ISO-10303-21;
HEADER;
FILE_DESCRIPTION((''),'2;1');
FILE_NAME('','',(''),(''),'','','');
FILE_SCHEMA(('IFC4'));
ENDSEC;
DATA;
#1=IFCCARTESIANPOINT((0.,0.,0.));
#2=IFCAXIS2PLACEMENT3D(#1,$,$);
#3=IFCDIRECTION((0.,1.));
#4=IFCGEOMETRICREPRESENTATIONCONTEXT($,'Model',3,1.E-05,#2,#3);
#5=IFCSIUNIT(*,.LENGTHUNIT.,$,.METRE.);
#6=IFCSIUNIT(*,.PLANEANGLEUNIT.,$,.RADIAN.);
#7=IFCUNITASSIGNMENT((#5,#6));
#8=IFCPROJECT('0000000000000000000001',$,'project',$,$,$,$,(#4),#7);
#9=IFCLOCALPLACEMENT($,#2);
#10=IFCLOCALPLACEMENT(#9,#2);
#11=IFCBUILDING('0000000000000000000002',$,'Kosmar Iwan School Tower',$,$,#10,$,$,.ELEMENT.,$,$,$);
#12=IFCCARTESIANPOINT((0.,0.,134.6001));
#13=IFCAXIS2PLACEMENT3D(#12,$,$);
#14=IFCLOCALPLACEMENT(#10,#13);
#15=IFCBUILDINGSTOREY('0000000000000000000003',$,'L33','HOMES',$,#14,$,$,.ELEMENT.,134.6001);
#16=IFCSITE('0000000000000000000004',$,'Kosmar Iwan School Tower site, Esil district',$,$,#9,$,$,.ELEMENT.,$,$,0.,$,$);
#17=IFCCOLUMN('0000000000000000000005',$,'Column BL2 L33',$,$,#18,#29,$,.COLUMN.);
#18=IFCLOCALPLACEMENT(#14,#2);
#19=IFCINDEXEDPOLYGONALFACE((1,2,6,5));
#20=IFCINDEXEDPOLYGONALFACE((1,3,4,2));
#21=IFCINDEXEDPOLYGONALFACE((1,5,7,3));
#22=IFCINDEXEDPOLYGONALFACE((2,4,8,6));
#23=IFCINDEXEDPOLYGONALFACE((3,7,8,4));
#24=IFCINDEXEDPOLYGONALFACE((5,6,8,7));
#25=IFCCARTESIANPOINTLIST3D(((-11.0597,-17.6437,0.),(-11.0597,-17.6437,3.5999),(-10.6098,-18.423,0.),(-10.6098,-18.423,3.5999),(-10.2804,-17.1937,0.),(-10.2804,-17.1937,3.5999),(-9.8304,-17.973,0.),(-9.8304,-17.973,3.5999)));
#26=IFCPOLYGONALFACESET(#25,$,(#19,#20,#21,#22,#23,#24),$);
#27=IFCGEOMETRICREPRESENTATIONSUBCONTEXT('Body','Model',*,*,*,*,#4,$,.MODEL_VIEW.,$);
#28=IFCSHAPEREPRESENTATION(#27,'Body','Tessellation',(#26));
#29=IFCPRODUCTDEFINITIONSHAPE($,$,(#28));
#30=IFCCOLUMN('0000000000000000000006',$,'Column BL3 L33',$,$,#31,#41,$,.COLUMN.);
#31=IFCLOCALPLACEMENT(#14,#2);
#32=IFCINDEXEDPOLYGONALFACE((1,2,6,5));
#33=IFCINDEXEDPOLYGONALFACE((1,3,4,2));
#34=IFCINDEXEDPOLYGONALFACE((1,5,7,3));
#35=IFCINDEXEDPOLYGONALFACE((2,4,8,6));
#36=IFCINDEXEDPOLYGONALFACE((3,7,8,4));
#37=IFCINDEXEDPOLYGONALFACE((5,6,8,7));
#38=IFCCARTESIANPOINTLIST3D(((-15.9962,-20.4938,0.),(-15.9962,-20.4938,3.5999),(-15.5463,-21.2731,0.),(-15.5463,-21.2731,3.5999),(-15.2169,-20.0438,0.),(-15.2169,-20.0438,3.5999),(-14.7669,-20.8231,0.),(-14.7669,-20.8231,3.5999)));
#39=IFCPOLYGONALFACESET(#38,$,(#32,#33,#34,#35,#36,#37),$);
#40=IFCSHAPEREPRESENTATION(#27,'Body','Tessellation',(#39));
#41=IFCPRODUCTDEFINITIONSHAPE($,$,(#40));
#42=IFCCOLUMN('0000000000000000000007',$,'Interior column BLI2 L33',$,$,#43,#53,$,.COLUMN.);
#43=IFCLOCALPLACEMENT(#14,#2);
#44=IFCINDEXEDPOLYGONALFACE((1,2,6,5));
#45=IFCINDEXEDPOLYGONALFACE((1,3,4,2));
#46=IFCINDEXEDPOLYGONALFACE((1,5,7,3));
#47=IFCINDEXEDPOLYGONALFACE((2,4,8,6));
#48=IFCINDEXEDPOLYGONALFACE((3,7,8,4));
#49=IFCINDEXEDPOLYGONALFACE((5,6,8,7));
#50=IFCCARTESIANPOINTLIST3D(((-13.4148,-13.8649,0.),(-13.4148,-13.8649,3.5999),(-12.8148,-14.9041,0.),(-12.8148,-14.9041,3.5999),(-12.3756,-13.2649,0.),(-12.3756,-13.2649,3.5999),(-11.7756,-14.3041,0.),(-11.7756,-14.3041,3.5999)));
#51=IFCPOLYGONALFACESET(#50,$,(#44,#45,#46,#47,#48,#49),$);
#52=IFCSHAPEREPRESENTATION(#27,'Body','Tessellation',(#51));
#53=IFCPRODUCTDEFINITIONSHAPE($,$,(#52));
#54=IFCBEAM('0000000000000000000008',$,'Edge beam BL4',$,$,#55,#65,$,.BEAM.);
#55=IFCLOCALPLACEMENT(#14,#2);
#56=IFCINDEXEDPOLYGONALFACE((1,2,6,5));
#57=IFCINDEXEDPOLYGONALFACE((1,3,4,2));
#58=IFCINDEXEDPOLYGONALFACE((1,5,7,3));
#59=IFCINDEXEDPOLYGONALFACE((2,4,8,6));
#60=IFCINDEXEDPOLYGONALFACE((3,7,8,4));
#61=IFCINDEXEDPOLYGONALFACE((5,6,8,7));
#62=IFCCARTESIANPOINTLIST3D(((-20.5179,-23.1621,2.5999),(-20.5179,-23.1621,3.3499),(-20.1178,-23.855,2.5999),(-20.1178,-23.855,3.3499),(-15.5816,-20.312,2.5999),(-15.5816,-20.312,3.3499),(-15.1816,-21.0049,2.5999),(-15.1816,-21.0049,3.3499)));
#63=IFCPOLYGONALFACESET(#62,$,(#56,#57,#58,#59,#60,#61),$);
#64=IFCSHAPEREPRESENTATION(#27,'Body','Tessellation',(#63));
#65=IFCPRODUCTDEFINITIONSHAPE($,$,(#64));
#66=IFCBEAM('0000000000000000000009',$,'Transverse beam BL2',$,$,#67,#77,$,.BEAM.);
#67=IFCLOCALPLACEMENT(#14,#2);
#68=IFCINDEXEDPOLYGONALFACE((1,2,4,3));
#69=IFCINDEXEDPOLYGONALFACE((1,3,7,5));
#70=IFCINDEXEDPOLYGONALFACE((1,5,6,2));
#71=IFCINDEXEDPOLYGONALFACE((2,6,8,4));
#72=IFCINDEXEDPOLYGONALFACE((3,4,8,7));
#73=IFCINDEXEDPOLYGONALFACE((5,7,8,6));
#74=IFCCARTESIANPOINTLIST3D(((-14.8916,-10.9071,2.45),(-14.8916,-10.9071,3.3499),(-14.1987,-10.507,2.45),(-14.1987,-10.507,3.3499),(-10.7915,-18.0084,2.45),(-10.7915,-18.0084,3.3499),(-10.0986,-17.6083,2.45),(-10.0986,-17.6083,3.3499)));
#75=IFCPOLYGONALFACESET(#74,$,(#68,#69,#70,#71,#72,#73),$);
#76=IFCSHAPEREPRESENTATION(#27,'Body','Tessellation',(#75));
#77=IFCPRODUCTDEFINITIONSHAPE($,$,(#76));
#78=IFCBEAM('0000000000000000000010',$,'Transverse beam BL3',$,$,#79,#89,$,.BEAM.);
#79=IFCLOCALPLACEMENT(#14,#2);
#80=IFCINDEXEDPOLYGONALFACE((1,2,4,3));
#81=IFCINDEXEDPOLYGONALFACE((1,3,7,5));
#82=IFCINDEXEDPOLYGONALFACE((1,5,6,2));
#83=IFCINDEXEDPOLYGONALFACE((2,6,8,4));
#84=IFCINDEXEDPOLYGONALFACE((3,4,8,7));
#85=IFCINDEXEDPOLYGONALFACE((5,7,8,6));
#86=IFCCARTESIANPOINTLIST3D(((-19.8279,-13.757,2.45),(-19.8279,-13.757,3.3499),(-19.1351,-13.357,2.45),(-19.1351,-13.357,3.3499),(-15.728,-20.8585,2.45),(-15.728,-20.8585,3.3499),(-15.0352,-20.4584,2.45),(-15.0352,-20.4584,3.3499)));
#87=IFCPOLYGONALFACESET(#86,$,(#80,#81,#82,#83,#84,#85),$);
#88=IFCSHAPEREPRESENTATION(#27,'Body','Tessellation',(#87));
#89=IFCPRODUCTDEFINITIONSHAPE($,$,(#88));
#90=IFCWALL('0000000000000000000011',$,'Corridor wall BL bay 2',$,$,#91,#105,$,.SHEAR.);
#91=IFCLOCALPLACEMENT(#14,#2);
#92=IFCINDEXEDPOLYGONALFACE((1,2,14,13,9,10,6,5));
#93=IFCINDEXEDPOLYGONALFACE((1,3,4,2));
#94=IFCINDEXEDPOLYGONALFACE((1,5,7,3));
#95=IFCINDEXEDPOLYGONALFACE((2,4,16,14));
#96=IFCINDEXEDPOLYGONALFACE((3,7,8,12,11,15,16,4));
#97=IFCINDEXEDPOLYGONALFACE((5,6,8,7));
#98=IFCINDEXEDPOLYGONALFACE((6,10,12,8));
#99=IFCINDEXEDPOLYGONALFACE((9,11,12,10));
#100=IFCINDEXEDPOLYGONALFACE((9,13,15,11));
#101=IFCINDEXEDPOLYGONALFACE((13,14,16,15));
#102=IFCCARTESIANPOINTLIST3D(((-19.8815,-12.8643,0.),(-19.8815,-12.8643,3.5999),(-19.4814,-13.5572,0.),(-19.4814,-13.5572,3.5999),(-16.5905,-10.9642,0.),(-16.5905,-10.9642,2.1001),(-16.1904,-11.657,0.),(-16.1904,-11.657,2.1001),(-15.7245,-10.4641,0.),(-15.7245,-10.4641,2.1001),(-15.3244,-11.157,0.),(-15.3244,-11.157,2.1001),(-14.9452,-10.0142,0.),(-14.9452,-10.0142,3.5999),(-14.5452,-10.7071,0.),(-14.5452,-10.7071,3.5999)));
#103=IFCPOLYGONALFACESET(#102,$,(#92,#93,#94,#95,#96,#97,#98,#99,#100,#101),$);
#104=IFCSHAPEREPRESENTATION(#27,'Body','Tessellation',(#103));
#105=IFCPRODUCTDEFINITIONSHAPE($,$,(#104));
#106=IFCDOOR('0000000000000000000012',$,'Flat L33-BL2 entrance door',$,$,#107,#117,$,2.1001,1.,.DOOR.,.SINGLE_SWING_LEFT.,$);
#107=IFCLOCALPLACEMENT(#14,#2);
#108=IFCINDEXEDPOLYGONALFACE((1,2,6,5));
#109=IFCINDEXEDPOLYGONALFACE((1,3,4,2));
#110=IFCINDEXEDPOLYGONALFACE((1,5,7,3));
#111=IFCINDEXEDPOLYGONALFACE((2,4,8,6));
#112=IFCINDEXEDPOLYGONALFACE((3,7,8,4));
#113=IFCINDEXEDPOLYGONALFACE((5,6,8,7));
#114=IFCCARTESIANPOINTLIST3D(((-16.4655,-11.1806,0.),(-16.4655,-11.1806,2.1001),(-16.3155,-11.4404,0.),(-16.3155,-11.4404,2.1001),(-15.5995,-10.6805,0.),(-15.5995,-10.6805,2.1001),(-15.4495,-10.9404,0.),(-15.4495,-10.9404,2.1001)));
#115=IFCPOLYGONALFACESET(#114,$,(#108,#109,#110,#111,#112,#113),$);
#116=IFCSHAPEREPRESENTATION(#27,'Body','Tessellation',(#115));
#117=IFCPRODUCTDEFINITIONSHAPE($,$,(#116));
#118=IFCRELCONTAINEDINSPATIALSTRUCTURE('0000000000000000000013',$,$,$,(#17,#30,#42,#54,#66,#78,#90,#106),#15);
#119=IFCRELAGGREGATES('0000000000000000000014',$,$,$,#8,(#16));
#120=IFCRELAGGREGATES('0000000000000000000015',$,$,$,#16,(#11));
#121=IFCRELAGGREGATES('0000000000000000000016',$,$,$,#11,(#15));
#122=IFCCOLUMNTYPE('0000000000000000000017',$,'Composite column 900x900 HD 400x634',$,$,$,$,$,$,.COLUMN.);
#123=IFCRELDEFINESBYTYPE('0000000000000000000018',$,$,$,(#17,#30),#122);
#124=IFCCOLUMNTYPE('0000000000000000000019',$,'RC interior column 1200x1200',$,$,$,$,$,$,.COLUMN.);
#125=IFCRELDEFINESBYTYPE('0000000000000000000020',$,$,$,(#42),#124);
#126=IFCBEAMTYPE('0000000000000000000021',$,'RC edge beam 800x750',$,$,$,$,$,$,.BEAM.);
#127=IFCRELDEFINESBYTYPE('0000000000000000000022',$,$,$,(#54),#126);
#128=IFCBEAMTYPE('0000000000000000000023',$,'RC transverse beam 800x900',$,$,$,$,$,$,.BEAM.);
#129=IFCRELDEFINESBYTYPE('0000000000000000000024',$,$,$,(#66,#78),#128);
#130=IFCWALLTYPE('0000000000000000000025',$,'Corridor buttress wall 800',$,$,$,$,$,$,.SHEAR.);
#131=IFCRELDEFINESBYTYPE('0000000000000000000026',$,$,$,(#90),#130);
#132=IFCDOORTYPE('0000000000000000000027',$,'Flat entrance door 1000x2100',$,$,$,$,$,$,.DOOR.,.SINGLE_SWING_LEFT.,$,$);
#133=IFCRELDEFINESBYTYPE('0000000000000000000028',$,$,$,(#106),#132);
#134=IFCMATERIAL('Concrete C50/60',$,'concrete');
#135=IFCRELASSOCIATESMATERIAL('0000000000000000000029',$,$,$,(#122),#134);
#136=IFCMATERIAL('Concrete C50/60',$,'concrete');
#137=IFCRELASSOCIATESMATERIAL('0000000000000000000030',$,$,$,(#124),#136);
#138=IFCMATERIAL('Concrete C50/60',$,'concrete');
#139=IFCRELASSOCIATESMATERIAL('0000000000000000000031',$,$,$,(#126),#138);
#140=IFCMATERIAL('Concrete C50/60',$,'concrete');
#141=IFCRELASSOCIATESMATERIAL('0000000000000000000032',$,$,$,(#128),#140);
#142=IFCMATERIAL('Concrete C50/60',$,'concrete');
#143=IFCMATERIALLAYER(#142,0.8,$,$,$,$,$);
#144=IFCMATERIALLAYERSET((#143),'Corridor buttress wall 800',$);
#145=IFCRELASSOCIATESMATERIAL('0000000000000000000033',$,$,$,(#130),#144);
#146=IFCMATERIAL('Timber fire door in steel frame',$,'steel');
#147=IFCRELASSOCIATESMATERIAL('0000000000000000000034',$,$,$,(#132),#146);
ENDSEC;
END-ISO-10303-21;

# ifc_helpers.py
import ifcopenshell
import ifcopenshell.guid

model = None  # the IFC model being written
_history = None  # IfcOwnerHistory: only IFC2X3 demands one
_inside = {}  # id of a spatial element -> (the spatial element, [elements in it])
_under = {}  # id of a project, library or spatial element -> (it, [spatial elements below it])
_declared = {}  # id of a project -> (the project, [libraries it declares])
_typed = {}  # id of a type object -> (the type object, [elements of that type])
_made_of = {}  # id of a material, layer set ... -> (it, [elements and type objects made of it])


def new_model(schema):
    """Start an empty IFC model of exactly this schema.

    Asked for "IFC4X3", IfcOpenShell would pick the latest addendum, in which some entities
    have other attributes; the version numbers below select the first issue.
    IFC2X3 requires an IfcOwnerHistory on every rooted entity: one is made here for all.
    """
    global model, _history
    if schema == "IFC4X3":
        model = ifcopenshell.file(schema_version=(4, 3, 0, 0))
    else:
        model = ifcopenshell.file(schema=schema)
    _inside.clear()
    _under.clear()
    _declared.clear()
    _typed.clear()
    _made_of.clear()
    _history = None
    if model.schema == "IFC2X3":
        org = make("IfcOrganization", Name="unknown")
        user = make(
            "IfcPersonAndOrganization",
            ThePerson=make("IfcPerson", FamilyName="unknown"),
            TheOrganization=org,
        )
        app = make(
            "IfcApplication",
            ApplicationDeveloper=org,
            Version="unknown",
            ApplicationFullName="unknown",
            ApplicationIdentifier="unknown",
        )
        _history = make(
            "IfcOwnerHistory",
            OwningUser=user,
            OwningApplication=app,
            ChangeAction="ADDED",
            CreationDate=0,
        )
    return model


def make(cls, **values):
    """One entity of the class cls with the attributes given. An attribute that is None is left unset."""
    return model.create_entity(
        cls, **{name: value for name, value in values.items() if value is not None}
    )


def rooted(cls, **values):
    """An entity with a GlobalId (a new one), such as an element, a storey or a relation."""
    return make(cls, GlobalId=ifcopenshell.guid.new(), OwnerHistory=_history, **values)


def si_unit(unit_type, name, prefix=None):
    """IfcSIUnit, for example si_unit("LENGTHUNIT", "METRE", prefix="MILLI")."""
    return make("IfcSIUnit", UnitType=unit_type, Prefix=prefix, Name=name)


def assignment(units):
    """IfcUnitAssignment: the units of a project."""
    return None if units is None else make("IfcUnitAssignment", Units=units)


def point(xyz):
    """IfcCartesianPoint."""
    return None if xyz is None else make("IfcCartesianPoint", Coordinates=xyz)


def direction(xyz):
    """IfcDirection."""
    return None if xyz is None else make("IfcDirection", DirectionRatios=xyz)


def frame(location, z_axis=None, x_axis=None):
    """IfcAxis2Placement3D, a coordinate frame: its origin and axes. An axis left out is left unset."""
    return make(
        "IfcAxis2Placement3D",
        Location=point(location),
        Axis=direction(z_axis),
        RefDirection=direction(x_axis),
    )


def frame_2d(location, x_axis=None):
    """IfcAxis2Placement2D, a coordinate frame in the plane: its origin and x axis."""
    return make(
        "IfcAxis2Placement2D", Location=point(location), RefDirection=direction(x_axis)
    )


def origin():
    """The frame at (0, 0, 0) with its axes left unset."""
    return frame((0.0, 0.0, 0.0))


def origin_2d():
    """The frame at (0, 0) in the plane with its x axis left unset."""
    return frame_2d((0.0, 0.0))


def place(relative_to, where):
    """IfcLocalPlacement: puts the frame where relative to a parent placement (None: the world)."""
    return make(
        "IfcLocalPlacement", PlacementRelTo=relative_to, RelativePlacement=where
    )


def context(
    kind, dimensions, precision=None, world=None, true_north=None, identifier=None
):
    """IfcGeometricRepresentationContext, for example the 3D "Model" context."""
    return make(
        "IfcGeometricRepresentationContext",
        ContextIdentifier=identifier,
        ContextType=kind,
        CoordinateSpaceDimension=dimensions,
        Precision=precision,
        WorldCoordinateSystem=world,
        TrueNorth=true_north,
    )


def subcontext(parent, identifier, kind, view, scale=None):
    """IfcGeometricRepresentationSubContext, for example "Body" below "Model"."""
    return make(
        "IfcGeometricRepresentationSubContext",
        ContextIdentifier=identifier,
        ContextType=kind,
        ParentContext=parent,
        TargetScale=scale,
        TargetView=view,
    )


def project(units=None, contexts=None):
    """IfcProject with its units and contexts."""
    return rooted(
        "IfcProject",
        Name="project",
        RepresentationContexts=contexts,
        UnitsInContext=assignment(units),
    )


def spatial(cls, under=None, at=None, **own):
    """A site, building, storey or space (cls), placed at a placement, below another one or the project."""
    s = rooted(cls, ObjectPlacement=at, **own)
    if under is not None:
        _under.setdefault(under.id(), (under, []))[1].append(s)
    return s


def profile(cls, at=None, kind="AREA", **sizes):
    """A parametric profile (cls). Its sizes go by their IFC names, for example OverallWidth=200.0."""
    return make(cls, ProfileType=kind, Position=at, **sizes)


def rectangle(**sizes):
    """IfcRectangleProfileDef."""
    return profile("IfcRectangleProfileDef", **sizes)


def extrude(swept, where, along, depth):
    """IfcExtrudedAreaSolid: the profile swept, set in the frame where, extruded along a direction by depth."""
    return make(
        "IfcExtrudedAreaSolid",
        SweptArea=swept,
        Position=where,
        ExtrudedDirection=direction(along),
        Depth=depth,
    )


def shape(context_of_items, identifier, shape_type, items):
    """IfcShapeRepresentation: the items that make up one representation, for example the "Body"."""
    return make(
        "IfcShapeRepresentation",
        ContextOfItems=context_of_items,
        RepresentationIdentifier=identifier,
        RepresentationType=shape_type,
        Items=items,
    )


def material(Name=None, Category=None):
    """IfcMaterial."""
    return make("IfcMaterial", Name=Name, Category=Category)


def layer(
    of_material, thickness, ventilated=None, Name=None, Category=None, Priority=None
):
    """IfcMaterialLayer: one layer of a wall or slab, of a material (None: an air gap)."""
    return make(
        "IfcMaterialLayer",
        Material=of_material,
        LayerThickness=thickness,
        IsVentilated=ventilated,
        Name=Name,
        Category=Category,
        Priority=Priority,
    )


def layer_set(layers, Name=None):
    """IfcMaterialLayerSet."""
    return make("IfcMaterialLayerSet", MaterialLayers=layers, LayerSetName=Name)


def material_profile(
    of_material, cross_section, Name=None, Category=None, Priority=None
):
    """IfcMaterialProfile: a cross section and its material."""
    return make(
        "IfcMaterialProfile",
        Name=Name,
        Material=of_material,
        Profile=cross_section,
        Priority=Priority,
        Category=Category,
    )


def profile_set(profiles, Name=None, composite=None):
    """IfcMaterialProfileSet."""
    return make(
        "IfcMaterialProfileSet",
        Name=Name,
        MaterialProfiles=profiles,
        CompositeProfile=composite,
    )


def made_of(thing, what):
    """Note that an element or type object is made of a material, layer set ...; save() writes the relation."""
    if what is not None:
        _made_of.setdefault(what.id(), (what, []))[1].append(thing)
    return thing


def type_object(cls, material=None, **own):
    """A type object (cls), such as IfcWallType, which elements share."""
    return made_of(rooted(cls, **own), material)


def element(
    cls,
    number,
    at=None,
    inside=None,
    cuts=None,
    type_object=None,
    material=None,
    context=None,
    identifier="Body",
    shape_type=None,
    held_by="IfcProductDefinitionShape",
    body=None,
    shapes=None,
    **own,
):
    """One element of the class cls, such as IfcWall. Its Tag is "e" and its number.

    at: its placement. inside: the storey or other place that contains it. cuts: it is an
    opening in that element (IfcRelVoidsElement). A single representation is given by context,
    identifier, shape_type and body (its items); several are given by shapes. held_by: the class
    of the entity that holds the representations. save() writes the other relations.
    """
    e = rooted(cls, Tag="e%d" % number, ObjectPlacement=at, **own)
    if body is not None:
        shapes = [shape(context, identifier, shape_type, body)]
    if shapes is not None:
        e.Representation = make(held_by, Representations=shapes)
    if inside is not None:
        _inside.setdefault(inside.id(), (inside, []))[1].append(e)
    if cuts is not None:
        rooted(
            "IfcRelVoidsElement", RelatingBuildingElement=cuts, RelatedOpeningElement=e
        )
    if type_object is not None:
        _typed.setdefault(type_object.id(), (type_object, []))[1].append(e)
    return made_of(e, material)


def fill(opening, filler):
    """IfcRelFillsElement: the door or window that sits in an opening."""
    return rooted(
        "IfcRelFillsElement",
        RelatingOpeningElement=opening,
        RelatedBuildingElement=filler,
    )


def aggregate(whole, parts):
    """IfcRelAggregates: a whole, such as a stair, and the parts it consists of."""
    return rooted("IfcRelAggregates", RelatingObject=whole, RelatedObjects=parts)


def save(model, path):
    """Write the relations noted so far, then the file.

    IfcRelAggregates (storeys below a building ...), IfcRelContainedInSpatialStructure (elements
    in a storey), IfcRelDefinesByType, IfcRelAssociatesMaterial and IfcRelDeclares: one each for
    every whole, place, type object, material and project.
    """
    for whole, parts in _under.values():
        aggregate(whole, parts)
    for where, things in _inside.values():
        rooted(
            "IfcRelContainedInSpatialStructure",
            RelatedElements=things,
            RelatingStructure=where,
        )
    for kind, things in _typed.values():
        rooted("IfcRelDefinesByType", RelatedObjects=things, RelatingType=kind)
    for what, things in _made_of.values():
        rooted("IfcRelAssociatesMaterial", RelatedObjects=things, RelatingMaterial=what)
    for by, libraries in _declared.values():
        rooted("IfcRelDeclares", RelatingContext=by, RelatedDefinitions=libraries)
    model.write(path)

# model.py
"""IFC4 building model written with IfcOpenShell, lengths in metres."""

from ifc_helpers import new_model, si_unit, direction, frame, frame_2d, origin, origin_2d, place, context, subcontext, project, spatial, rectangle, extrude, material, layer, layer_set, material_profile, profile_set, type_object, element, fill, save


model = new_model("IFC4")

# Units and contexts
model_context = context("Model", 3, precision=1e-05, world=origin(), true_north=direction((0.0, 1.0)))
body_context = subcontext(model_context, "Body", "Model", "MODEL_VIEW")
ifc_project = project(units=[si_unit("LENGTHUNIT", "METRE"), si_unit("PLANEANGLEUNIT", "RADIAN")], contexts=[model_context])

# Site, building, storey
site_placement = place(None, origin())
site = spatial("IfcSite", under=ifc_project, at=site_placement, Name="Kosmar Iwan School Tower site, Esil district", CompositionType="ELEMENT", RefElevation=0.0)
building_placement = place(site_placement, origin())
building = spatial("IfcBuilding", under=site, at=building_placement, Name="Kosmar Iwan School Tower", CompositionType="ELEMENT")
storey_placement = place(building_placement, frame((0.0, 0.0, 134.6001)))
storey = spatial("IfcBuildingStorey", under=building, at=storey_placement, Name="L33", Description="HOMES", CompositionType="ELEMENT", Elevation=134.6001)

# Columns
ifc_material_1 = material(Name="Concrete C50/60", Category="concrete")
ifc_material_profile_1 = material_profile(ifc_material_1, rectangle(XDim=0.8999, YDim=0.8999, at=origin_2d()), Name="RC 900x900 + HD 400x634")
ifc_profile_set_1 = profile_set([ifc_material_profile_1], Name="Concrete C50/60")
column_type_1 = type_object("IfcColumnType", Name="Composite column 900x900 HD 400x634", PredefinedType="COLUMN", material=ifc_profile_set_1)
for number, where, z_axis, x_axis, name in (
    (1, (-10.4451, -17.8083, 0.0), (0.0, 0.0, 1.0), (-0.866025, -0.5, 0.0), "Column BL2 L33"),
    (2, (-15.3816, -20.6584, 0.0), (0.0, 0.0, 1.0), (-0.866025, -0.5, 0.0), "Column BL3 L33"),
):
    element("IfcColumn", number, at=place(storey_placement, frame(where, z_axis=z_axis, x_axis=x_axis)), inside=storey, type_object=column_type_1, Name=name, PredefinedType="COLUMN", context=body_context, shape_type="SweptSolid", body=[
        extrude(rectangle(XDim=0.8999, YDim=0.8999, at=origin_2d()), origin(), (0.0, 0.0, 1.0), 3.5999),
    ])
ifc_material_2 = material(Name="Concrete C50/60", Category="concrete")
ifc_material_profile_2 = material_profile(ifc_material_2, rectangle(XDim=1.2, YDim=1.2, at=origin_2d()), Name="RC 1200x1200")
ifc_profile_set_2 = profile_set([ifc_material_profile_2], Name="Concrete C50/60")
column_type_2 = type_object("IfcColumnType", Name="RC interior column 1200x1200", PredefinedType="COLUMN", material=ifc_profile_set_2)
column_placement = place(storey_placement, frame((-12.5952, -14.0845, 0.0), z_axis=(0.0, 0.0, 1.0), x_axis=(-0.866025, -0.5, 0.0)))
element("IfcColumn", 3, at=column_placement, inside=storey, type_object=column_type_2, Name="Interior column BLI2 L33", PredefinedType="COLUMN", context=body_context, shape_type="SweptSolid", body=[
    extrude(rectangle(XDim=1.2, YDim=1.2, at=origin_2d()), origin(), (0.0, 0.0, 1.0), 3.5999),
])

# Beams
ifc_material_3 = material(Name="Concrete C50/60", Category="concrete")
ifc_material_profile_3 = material_profile(ifc_material_3, rectangle(XDim=0.8, YDim=0.75, at=origin_2d()), Name="RC 800x750")
ifc_profile_set_3 = profile_set([ifc_material_profile_3], Name="Concrete C50/60")
beam_type_1 = type_object("IfcBeamType", Name="RC edge beam 800x750", PredefinedType="BEAM", material=ifc_profile_set_3)
beam_placement = place(storey_placement, frame((-15.3816, -20.6584, 2.9749), z_axis=(-0.866015, -0.500018, 0.0), x_axis=(0.500018, -0.866015, 0.0)))
element("IfcBeam", 4, at=beam_placement, inside=storey, type_object=beam_type_1, Name="Edge beam BL4", PredefinedType="BEAM", context=body_context, shape_type="SweptSolid", body=[
    extrude(rectangle(XDim=0.8, YDim=0.75, at=origin_2d()), origin(), (0.0, 0.0, 1.0), 5.7),
])
ifc_material_4 = material(Name="Concrete C50/60", Category="concrete")
ifc_material_profile_4 = material_profile(ifc_material_4, rectangle(XDim=0.8, YDim=0.8999, at=origin_2d()), Name="RC 800x900")
ifc_profile_set_4 = profile_set([ifc_material_profile_4], Name="Concrete C50/60")
beam_type_2 = type_object("IfcBeamType", Name="RC transverse beam 800x900", PredefinedType="BEAM", material=ifc_profile_set_4)
for number, where, z_axis, x_axis, name in (
    (5, (-10.4451, -17.8083, 2.8999), (-0.500014, 0.866018, 0.0), (-0.866018, -0.500014, 0.0), "Transverse beam BL2"),
    (6, (-15.3816, -20.6584, 2.8999), (-0.499991, 0.86603, 0.0), (-0.86603, -0.499991, 0.0), "Transverse beam BL3"),
):
    element("IfcBeam", number, at=place(storey_placement, frame(where, z_axis=z_axis, x_axis=x_axis)), inside=storey, type_object=beam_type_2, Name=name, PredefinedType="BEAM", context=body_context, shape_type="SweptSolid", body=[
        extrude(rectangle(XDim=0.8, YDim=0.8999, at=origin_2d()), origin(), (0.0, 0.0, 1.0), 8.2),
    ])

# Wall, opening, door
ifc_material_5 = material(Name="Concrete C50/60", Category="concrete")
ifc_layer_1 = layer(ifc_material_5, 0.8)
ifc_layer_set_1 = layer_set([ifc_layer_1], Name="Corridor buttress wall 800")
wall_type_1 = type_object("IfcWallType", Name="Corridor buttress wall 800", PredefinedType="SHEAR", material=ifc_layer_set_1)
wall_1_placement = place(storey_placement, frame((-14.7451, -10.3606, 0.0), z_axis=(0.0, 0.0, 1.0), x_axis=(-0.866015, -0.500018, 0.0)))
wall_1 = element("IfcWall", 7, at=wall_1_placement, inside=storey, type_object=wall_type_1, Name="Corridor wall BL bay 2", PredefinedType="SHEAR", context=body_context, shape_type="SweptSolid", body=[
    extrude(rectangle(XDim=5.7, YDim=0.8, at=frame_2d((2.8501, 0.0))), origin(), (0.0, 0.0, 1.0), 3.5999),
])
opening_1_placement = place(wall_1_placement, frame((0.8999, 0.0, 0.0)))
opening_1 = element("IfcOpeningElement", 8, at=opening_1_placement, cuts=wall_1, PredefinedType="OPENING", context=body_context, shape_type="SweptSolid", body=[
    extrude(rectangle(XDim=1.0, YDim=2.1001, at=frame_2d((0.5, 1.05))), frame((0.0, 0.4121, 0.0), z_axis=(0.0, -1.0, 0.0), x_axis=(1.0, 0.0, 0.0)), (0.0, 0.0, 1.0), 0.824),
])
ifc_material_6 = material(Name="Timber fire door in steel frame", Category="steel")
door_type_1 = type_object("IfcDoorType", Name="Flat entrance door 1000x2100", OperationType="SINGLE_SWING_LEFT", PredefinedType="DOOR", material=ifc_material_6)
door_1_placement = place(opening_1_placement, origin())
door_1 = element("IfcDoor", 9, at=door_1_placement, inside=storey, type_object=door_type_1, Name="Flat L33-BL2 entrance door", OperationType="SINGLE_SWING_LEFT", OverallHeight=2.1001, OverallWidth=1.0, PredefinedType="DOOR", context=body_context, shape_type="SweptSolid", body=[
    extrude(rectangle(XDim=1.0, YDim=2.1001, at=frame_2d((0.5, 1.05))), frame((0.0, 0.1499, 0.0), z_axis=(0.0, -1.0, 0.0), x_axis=(1.0, 0.0, 0.0)), (0.0, 0.0, 1.0), 0.3),
])
fill(opening_1, door_1)

save(model, "model.ifc")
